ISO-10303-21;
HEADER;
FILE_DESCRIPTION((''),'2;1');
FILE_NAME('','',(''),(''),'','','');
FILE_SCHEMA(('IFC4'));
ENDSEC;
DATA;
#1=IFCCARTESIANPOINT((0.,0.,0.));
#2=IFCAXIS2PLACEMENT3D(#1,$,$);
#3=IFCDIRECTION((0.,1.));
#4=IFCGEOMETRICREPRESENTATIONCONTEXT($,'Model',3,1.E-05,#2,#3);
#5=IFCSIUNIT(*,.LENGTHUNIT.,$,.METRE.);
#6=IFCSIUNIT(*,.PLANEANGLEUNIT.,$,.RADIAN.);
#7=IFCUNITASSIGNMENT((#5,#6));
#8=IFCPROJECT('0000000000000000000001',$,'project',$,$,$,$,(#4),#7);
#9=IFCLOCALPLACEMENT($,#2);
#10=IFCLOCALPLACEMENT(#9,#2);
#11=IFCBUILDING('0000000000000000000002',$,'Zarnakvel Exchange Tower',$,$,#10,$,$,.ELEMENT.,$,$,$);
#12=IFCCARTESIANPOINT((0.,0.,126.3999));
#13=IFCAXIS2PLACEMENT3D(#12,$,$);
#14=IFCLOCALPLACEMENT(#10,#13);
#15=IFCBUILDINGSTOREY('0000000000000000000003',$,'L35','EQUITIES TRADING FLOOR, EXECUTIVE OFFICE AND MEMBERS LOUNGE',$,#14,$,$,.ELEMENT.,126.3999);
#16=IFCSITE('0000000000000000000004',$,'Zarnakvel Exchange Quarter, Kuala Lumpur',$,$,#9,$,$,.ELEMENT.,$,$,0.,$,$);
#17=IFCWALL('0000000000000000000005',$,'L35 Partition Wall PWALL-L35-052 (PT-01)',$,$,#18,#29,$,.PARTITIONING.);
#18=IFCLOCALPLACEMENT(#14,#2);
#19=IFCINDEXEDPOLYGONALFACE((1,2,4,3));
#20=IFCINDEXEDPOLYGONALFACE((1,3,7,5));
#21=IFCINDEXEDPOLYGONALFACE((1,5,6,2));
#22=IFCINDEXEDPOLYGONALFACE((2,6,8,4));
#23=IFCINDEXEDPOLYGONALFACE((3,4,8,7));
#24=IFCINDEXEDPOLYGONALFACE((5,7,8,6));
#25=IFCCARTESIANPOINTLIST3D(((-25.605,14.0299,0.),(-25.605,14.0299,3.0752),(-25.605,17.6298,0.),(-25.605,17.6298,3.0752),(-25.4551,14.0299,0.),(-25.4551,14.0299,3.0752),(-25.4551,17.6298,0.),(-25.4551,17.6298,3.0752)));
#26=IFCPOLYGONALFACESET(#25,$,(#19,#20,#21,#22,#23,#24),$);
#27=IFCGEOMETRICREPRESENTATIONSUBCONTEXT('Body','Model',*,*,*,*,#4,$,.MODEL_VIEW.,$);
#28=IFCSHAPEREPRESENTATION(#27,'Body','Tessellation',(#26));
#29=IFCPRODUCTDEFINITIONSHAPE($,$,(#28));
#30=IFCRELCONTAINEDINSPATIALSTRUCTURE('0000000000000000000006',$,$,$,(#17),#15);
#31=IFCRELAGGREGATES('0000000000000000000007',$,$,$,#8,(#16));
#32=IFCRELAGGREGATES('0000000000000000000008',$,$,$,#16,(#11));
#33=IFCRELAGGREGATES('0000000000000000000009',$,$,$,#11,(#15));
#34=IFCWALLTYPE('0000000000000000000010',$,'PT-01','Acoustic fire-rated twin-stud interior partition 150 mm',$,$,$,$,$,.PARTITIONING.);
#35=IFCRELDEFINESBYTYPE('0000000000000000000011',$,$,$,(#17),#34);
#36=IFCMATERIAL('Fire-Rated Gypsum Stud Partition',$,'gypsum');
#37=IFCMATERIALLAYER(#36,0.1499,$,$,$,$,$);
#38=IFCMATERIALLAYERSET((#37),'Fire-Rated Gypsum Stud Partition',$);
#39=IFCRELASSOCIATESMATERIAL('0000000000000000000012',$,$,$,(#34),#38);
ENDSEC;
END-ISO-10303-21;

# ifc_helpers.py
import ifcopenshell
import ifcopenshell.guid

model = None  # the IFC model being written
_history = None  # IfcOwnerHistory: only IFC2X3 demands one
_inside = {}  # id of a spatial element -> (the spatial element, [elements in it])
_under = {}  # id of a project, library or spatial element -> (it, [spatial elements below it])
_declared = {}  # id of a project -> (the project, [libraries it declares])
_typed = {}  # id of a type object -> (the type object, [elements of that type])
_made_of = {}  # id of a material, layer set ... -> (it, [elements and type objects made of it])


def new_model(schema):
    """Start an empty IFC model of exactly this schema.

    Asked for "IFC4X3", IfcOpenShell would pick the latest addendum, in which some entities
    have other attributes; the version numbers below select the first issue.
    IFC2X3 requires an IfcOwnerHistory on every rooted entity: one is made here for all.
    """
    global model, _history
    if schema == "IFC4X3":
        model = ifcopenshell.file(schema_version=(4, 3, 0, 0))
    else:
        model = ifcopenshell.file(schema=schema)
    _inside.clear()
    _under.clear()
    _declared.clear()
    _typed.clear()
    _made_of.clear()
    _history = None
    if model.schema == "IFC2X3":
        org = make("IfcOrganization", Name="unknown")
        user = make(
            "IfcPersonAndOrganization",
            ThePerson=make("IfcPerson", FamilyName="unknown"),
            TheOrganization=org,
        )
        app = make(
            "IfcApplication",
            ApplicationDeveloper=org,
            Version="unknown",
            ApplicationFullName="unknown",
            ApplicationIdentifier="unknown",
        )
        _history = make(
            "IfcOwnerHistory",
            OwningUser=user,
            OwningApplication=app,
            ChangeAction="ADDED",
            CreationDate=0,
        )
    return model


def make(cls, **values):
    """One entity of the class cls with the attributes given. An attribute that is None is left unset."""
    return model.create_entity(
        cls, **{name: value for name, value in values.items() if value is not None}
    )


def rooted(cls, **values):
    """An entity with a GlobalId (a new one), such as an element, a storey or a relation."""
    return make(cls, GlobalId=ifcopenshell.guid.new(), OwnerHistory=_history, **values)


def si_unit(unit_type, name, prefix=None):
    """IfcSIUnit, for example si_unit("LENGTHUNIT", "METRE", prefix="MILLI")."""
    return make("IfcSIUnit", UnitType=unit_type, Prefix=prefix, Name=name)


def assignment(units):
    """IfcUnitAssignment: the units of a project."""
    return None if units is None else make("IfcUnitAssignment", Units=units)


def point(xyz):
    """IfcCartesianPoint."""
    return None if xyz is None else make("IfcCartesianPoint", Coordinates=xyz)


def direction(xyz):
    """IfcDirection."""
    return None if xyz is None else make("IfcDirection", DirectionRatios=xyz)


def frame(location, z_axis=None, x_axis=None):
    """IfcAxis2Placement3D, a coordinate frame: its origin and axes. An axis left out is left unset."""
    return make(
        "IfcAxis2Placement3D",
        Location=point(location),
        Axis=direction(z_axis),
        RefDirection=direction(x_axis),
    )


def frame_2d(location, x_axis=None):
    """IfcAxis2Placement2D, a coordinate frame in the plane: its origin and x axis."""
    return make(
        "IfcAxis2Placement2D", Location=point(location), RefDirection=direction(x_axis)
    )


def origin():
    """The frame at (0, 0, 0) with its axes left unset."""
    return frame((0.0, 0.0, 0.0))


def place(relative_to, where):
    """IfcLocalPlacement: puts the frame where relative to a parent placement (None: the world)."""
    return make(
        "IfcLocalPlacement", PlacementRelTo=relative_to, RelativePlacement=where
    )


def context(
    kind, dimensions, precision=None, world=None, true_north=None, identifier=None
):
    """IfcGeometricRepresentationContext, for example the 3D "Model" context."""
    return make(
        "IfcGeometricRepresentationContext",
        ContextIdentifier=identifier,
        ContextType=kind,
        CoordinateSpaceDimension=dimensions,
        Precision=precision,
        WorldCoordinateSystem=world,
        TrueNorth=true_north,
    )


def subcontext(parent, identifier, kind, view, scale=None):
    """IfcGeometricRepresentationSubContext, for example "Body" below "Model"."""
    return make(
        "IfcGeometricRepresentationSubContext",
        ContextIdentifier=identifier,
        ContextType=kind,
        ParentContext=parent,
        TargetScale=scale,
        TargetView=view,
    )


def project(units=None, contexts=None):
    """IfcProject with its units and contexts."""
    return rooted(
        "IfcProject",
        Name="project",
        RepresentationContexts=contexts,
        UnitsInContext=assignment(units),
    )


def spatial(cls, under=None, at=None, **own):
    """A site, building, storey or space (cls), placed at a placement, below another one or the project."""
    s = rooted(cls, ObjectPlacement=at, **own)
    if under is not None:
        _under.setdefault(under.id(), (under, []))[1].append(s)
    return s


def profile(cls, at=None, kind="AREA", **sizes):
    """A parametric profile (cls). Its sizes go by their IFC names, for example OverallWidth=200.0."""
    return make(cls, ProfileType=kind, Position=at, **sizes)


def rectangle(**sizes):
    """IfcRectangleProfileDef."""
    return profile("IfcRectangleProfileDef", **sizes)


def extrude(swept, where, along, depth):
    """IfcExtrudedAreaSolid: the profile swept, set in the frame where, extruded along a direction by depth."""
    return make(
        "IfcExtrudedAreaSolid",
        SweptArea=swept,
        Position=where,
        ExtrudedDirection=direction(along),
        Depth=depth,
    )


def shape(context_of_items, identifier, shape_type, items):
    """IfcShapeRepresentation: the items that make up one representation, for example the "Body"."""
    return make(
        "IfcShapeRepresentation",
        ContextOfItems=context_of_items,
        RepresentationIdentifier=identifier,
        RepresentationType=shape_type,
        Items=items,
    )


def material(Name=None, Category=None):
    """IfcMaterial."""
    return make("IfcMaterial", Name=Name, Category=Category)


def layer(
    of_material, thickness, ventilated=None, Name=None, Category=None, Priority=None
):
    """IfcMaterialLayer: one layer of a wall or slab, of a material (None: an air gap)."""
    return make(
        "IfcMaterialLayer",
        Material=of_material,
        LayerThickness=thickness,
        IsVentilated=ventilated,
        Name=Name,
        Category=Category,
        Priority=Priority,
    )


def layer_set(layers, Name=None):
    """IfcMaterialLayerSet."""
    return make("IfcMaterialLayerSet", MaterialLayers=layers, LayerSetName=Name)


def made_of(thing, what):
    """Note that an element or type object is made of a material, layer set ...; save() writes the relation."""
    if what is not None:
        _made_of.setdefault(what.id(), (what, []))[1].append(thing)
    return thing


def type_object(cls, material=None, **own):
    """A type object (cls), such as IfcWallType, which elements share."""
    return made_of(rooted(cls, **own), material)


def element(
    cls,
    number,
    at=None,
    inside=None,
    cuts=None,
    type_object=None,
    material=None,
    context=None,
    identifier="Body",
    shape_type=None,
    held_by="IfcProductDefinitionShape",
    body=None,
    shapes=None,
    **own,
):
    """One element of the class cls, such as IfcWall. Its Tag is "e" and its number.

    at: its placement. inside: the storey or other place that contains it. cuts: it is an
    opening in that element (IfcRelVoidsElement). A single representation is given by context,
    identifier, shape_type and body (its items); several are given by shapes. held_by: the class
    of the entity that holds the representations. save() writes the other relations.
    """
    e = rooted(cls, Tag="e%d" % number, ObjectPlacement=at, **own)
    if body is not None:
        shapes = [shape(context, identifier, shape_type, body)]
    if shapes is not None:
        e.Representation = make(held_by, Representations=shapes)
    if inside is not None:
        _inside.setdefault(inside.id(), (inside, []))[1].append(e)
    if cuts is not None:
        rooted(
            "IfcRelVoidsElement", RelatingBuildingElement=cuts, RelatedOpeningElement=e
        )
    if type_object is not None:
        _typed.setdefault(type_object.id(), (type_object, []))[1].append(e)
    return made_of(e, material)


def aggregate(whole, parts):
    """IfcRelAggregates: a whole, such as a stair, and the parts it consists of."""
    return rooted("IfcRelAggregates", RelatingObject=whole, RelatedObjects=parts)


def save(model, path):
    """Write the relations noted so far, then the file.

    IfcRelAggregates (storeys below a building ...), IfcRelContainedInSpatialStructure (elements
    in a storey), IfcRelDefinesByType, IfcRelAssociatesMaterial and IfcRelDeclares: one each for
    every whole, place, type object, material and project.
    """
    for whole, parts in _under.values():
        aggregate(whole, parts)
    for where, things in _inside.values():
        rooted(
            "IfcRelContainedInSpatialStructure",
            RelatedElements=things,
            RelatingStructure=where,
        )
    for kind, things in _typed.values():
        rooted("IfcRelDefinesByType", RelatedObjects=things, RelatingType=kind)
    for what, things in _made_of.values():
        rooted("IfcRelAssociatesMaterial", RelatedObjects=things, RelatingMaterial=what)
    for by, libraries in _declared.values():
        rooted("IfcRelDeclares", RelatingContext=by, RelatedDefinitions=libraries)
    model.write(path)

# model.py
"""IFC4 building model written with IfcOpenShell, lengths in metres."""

from ifc_helpers import new_model, si_unit, direction, frame, frame_2d, origin, place, context, subcontext, project, spatial, rectangle, extrude, material, layer, layer_set, type_object, element, save


model = new_model("IFC4")

# Units and contexts
model_context = context("Model", 3, precision=1e-05, world=origin(), true_north=direction((0.0, 1.0)))
body_context = subcontext(model_context, "Body", "Model", "MODEL_VIEW")
ifc_project = project(units=[si_unit("LENGTHUNIT", "METRE"), si_unit("PLANEANGLEUNIT", "RADIAN")], contexts=[model_context])

# Site, building, storey
site_placement = place(None, origin())
site = spatial("IfcSite", under=ifc_project, at=site_placement, Name="Zarnakvel Exchange Quarter, Kuala Lumpur", CompositionType="ELEMENT", RefElevation=0.0)
building_placement = place(site_placement, origin())
building = spatial("IfcBuilding", under=site, at=building_placement, Name="Zarnakvel Exchange Tower", CompositionType="ELEMENT")
storey_placement = place(building_placement, frame((0.0, 0.0, 126.3999)))
storey = spatial("IfcBuildingStorey", under=building, at=storey_placement, Name="L35", Description="EQUITIES TRADING FLOOR, EXECUTIVE OFFICE AND MEMBERS LOUNGE", CompositionType="ELEMENT", Elevation=126.3999)

# Shared definitions
ifc_material_1 = material(Name="Fire-Rated Gypsum Stud Partition", Category="gypsum")
ifc_layer_1 = layer(ifc_material_1, 0.1499)
ifc_layer_set_1 = layer_set([ifc_layer_1], Name="Fire-Rated Gypsum Stud Partition")
wall_type_1 = type_object("IfcWallType", Name="PT-01", Description="Acoustic fire-rated twin-stud interior partition 150 mm", PredefinedType="PARTITIONING", material=ifc_layer_set_1)

# Wall
wall_1_placement = place(storey_placement, frame((-25.53, 14.03, 0.0), z_axis=(0.0, 0.0, 1.0), x_axis=(0.0, 1.0, 0.0)))
element("IfcWall", 1, at=wall_1_placement, inside=storey, type_object=wall_type_1, Name="L35 Partition Wall PWALL-L35-052 (PT-01)", PredefinedType="PARTITIONING", context=body_context, shape_type="SweptSolid", body=[
    extrude(rectangle(XDim=3.5999, YDim=0.1499, at=frame_2d((1.7998, 0.0))), origin(), (0.0, 0.0, 1.0), 3.0752),
])

save(model, "model.ifc")
